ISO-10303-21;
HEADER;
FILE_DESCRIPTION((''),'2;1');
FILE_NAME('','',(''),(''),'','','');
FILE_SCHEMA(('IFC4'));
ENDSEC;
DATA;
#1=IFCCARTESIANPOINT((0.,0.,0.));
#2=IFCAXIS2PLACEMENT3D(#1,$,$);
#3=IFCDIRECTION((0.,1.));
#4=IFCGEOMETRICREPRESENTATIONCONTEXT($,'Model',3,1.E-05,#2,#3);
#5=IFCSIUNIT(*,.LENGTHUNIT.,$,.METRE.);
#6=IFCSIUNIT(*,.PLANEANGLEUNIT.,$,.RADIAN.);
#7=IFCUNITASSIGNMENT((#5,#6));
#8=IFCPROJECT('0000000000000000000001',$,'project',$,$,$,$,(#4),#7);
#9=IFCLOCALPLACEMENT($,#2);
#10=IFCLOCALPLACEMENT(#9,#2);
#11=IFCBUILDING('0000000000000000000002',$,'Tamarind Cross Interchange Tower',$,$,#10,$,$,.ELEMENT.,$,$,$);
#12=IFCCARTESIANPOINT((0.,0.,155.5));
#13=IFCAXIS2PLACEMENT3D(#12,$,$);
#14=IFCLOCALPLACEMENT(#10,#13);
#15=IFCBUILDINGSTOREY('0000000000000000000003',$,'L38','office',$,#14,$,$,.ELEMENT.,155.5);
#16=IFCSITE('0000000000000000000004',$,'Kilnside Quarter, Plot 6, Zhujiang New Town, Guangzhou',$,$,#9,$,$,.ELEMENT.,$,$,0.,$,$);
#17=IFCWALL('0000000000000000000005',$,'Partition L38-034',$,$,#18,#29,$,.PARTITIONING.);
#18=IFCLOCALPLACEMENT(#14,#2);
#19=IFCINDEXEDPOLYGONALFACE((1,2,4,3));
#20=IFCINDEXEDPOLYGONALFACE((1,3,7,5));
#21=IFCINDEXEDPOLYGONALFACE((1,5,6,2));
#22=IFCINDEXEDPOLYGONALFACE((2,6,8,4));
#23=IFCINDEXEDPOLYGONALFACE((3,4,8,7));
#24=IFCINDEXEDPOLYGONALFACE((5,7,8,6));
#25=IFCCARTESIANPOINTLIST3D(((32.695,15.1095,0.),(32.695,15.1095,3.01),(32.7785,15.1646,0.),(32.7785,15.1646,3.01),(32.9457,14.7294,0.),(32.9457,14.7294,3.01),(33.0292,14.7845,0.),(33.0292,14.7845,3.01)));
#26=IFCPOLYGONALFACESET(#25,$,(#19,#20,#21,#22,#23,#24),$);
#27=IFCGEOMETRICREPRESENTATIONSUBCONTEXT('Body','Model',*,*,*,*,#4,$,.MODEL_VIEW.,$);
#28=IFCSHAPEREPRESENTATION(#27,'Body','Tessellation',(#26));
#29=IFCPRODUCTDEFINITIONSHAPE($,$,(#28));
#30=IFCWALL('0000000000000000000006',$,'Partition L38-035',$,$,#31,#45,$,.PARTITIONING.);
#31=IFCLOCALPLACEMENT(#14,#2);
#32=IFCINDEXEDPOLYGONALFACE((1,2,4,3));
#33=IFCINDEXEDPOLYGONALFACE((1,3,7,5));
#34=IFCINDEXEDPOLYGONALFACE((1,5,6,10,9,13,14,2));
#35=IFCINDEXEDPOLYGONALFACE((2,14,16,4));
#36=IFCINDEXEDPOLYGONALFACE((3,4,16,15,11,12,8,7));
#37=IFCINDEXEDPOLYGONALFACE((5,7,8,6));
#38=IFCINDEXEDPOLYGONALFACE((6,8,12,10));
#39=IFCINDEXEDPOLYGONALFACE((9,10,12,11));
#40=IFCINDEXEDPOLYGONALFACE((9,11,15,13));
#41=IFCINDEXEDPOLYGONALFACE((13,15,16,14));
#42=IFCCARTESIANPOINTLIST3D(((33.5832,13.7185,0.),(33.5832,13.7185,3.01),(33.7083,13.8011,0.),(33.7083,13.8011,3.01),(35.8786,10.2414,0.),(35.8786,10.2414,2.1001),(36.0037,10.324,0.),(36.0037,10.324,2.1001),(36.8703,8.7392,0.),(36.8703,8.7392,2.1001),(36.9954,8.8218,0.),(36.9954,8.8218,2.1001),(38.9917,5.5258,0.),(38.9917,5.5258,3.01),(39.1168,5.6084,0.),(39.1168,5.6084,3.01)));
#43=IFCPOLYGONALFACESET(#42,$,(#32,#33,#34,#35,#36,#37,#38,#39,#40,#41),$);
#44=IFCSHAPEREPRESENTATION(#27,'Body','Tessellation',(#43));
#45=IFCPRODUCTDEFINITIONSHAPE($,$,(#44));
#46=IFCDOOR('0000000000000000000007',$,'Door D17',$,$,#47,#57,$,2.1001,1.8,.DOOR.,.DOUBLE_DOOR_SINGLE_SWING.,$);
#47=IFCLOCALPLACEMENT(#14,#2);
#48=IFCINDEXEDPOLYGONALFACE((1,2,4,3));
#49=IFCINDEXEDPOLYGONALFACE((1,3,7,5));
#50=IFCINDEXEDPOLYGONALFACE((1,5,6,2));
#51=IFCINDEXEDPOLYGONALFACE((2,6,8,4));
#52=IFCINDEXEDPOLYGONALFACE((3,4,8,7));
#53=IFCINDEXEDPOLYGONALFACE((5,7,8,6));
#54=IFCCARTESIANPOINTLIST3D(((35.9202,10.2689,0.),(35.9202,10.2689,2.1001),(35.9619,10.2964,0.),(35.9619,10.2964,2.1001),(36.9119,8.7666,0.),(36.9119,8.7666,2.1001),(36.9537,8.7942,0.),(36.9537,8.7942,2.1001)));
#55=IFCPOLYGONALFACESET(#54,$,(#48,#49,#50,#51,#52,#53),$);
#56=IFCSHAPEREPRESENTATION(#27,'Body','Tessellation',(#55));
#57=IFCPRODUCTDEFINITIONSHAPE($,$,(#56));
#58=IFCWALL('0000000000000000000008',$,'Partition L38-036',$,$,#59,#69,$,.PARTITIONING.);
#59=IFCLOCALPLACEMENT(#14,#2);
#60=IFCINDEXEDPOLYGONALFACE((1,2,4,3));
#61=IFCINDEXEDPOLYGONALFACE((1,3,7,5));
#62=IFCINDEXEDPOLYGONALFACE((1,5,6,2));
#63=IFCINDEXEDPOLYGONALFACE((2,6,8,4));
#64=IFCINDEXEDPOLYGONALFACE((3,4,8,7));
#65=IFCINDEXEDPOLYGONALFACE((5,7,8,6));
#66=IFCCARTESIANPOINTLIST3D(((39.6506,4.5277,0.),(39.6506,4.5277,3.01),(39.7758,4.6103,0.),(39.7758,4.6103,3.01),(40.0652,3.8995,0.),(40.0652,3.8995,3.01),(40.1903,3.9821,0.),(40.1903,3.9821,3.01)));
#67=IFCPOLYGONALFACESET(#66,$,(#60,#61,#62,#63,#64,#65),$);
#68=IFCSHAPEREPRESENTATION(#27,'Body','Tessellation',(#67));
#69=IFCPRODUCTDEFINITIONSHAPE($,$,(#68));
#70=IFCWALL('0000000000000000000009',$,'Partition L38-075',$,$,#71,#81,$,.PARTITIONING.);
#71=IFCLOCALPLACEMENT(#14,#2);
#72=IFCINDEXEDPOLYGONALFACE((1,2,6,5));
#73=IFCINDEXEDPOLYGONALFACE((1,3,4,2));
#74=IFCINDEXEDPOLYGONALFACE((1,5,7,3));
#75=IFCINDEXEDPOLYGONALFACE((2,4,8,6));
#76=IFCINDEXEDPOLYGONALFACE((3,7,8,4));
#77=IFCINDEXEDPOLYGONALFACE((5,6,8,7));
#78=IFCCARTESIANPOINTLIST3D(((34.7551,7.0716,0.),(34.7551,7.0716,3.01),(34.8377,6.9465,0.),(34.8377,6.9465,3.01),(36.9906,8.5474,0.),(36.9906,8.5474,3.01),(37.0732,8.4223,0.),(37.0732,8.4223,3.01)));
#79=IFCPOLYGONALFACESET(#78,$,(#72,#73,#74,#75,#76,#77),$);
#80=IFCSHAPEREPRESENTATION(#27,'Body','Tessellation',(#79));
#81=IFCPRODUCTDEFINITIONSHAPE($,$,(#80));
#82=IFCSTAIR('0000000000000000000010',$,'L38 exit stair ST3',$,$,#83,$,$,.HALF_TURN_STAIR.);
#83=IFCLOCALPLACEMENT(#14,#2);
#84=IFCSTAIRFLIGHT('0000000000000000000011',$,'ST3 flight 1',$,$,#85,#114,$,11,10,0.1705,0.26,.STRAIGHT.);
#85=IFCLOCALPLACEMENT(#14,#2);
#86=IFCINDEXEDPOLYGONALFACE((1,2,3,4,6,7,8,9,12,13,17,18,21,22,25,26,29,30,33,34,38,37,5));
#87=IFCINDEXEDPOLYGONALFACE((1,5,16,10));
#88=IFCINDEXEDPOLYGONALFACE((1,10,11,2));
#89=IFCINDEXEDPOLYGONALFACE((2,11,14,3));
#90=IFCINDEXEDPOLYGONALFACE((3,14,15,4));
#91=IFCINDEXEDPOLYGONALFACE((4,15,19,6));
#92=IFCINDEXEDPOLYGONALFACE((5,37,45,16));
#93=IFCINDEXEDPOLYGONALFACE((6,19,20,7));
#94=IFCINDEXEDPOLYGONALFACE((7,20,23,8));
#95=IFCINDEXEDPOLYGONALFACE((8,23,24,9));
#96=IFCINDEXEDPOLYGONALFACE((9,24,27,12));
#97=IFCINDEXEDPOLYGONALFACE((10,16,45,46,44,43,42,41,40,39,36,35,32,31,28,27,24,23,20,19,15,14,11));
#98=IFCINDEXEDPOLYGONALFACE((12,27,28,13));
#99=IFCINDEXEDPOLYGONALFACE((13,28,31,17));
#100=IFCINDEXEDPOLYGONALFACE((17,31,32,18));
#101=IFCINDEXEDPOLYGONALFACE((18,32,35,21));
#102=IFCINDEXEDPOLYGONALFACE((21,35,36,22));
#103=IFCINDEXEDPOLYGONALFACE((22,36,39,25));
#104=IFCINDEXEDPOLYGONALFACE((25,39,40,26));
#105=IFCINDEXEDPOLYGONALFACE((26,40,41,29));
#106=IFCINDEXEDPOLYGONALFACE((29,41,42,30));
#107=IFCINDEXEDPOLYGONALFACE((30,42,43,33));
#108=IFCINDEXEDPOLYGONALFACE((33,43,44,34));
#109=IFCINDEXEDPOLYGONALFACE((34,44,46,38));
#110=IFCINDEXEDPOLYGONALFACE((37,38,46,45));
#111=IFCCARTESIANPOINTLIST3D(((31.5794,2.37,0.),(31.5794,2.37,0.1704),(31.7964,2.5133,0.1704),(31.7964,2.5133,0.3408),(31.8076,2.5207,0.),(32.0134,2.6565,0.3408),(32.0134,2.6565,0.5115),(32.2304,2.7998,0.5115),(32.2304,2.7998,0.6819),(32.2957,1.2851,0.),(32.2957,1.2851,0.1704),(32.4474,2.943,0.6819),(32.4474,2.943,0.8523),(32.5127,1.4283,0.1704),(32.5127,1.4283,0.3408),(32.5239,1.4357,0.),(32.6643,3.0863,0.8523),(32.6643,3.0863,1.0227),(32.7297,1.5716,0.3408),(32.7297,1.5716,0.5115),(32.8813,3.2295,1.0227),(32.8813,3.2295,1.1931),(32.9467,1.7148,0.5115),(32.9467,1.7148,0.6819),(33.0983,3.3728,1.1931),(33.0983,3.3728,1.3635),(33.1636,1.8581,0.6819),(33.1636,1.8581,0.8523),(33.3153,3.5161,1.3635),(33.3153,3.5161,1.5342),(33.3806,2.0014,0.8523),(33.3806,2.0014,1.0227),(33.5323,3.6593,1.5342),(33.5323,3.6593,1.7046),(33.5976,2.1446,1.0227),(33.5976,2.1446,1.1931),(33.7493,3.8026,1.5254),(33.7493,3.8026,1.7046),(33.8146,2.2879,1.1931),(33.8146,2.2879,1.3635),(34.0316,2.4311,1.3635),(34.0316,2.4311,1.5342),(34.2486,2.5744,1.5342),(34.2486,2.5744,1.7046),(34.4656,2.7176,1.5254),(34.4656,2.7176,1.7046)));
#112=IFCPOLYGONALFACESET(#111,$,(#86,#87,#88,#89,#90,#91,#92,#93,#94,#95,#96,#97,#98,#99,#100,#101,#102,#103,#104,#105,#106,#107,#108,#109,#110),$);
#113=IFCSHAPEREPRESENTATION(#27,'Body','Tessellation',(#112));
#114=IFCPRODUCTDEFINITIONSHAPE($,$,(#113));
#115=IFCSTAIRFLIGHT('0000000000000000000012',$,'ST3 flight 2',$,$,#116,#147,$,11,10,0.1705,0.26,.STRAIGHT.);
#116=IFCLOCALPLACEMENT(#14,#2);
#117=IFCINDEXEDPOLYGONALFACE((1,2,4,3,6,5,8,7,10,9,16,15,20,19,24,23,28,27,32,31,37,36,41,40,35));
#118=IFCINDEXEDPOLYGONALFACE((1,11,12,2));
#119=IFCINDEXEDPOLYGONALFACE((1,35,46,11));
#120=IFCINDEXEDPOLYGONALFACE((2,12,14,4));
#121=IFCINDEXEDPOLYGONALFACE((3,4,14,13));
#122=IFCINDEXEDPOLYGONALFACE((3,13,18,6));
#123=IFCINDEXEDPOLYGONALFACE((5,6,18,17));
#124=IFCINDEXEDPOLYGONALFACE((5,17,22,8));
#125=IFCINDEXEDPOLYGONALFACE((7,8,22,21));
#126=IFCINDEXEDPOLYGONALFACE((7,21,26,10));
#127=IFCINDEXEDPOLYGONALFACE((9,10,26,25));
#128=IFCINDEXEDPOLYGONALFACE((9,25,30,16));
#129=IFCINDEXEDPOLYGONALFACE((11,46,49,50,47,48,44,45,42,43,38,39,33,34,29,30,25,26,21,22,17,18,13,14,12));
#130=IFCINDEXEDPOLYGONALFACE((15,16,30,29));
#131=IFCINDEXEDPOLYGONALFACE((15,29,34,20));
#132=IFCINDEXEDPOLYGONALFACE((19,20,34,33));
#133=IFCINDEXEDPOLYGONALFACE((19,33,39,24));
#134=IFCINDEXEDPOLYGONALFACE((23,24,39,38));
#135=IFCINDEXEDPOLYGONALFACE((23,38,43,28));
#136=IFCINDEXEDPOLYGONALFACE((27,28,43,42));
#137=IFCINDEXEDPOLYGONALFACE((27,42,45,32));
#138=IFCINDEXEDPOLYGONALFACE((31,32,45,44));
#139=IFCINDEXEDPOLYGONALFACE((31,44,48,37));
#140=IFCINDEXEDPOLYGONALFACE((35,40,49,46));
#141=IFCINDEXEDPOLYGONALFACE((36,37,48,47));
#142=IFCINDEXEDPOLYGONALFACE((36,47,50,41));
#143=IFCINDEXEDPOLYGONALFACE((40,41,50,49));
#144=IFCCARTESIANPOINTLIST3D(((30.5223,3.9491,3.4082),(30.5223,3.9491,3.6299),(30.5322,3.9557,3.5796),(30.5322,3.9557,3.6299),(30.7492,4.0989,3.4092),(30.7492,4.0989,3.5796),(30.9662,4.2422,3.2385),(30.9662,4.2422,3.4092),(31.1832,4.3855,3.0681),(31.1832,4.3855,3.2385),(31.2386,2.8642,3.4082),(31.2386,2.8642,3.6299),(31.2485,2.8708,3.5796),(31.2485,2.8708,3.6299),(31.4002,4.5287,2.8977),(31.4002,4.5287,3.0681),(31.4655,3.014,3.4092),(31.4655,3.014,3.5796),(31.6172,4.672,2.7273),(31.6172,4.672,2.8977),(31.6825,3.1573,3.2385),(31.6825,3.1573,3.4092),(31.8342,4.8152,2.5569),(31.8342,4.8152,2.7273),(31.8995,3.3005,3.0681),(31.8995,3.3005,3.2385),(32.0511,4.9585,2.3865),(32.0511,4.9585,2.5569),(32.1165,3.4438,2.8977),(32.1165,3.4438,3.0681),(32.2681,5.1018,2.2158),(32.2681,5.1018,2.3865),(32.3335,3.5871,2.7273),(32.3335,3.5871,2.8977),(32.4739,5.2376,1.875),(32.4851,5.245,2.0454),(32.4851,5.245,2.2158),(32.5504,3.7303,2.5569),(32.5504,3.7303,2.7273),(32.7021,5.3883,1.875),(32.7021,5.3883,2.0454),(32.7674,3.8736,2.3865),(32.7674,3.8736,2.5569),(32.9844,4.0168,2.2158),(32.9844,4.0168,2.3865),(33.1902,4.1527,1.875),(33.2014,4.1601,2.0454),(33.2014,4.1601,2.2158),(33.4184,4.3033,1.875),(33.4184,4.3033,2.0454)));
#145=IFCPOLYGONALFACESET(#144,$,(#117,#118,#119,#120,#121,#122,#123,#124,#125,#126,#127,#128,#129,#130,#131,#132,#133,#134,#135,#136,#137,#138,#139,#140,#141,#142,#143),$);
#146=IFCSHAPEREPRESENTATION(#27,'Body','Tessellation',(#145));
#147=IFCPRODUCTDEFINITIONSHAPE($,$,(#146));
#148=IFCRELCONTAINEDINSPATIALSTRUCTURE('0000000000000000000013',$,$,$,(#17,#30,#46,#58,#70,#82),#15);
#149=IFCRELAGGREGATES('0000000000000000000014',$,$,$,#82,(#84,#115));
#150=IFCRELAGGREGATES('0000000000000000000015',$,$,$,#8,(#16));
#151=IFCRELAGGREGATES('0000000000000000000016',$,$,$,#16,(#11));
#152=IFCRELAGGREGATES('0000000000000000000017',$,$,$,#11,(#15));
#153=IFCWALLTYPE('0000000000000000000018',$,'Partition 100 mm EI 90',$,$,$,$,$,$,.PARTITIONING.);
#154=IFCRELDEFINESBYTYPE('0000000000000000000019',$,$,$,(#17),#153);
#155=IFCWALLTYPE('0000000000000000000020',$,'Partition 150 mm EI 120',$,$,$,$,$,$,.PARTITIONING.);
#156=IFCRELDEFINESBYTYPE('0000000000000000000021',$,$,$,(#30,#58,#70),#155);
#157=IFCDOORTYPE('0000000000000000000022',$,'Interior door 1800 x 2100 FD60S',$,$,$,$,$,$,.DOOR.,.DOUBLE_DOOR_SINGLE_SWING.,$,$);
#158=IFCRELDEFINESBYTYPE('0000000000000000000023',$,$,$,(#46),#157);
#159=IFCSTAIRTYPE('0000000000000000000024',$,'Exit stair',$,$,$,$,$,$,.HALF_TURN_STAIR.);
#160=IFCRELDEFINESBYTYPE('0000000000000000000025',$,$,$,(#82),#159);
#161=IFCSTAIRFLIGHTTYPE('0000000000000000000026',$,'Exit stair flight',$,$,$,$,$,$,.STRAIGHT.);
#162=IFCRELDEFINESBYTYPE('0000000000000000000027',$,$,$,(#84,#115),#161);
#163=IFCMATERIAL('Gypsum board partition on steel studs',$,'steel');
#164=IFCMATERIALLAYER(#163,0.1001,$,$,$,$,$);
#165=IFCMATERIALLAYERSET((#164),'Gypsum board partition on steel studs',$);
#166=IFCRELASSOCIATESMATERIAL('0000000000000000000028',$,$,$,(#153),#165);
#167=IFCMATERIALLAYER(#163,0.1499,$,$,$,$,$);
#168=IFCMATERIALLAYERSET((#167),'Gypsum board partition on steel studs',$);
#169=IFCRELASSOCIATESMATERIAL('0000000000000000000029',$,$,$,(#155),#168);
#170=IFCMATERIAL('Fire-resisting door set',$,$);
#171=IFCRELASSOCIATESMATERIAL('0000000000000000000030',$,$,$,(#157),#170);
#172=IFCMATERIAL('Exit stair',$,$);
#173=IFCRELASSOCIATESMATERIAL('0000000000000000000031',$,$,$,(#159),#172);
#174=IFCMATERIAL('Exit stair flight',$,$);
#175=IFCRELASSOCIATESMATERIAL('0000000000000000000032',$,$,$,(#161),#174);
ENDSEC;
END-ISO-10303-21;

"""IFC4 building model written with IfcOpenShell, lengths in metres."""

from ifc_helpers import new_model, si_unit, direction, frame, frame_2d, origin, place, context, subcontext, project, spatial, polyline, rectangle, outline, extrude, material, layer, layer_set, type_object, element, fill, aggregate, save


model = new_model("IFC4")

# Units and contexts
model_context = context("Model", 3, precision=1e-05, world=origin(), true_north=direction((0.0, 1.0)))
body_context = subcontext(model_context, "Body", "Model", "MODEL_VIEW")
ifc_project = project(units=[si_unit("LENGTHUNIT", "METRE"), si_unit("PLANEANGLEUNIT", "RADIAN")], contexts=[model_context])

# Site, building, storey
site_placement = place(None, origin())
site = spatial("IfcSite", under=ifc_project, at=site_placement, Name="Kilnside Quarter, Plot 6, Zhujiang New Town, Guangzhou", CompositionType="ELEMENT", RefElevation=0.0)
building_placement = place(site_placement, origin())
building = spatial("IfcBuilding", under=site, at=building_placement, Name="Tamarind Cross Interchange Tower", CompositionType="ELEMENT")
storey_placement = place(building_placement, frame((0.0, 0.0, 155.5)))
storey = spatial("IfcBuildingStorey", under=building, at=storey_placement, Name="L38", Description="office", CompositionType="ELEMENT", Elevation=155.5)

# Wall
ifc_material_1 = material(Name="Gypsum board partition on steel studs", Category="steel")
ifc_layer_1 = layer(ifc_material_1, 0.1001)
ifc_layer_set_1 = layer_set([ifc_layer_1], Name="Gypsum board partition on steel studs")
wall_type_1 = type_object("IfcWallType", Name="Partition 100 mm EI 90", PredefinedType="PARTITIONING", material=ifc_layer_set_1)
wall_1_placement = place(storey_placement, frame((32.7368, 15.137, 0.0), z_axis=(0.0, 0.0, 1.0), x_axis=(0.550611, -0.834762, 0.0)))
element("IfcWall", 1, at=wall_1_placement, inside=storey, type_object=wall_type_1, Name="Partition L38-034", PredefinedType="PARTITIONING", context=body_context, shape_type="SweptSolid", body=[
    extrude(rectangle(XDim=0.4553, YDim=0.1001, at=frame_2d((0.2275, 0.0))), origin(), (0.0, 0.0, 1.0), 3.01),
])

# Wall, opening, door
ifc_layer_2 = layer(ifc_material_1, 0.1499)
ifc_layer_set_2 = layer_set([ifc_layer_2], Name="Gypsum board partition on steel studs")
wall_type_2 = type_object("IfcWallType", Name="Partition 150 mm EI 120", PredefinedType="PARTITIONING", material=ifc_layer_set_2)
wall_2_placement = place(storey_placement, frame((33.6458, 13.7598, 0.0), z_axis=(0.0, 0.0, 1.0), x_axis=(0.550935, -0.834548, 0.0)))
wall_2 = element("IfcWall", 2, at=wall_2_placement, inside=storey, type_object=wall_type_2, Name="Partition L38-035", PredefinedType="PARTITIONING", context=body_context, shape_type="SweptSolid", body=[
    extrude(rectangle(XDim=9.8169, YDim=0.1499, at=frame_2d((4.9084, 0.0))), origin(), (0.0, 0.0, 1.0), 3.01),
])
opening_placement = place(wall_2_placement, frame((4.1665, 0.0, 0.0)))
opening = element("IfcOpeningElement", 3, at=opening_placement, cuts=wall_2, PredefinedType="OPENING", context=body_context, shape_type="SweptSolid", body=[
    extrude(rectangle(XDim=1.8, YDim=2.1001, at=frame_2d((0.8999, 1.05))), frame((0.0, 0.085, 0.0), z_axis=(0.0, -1.0, 0.0), x_axis=(1.0, 0.0, 0.0)), (0.0, 0.0, 1.0), 0.1699),
])
ifc_material_2 = material(Name="Fire-resisting door set")
door_type = type_object("IfcDoorType", Name="Interior door 1800 x 2100 FD60S", OperationType="DOUBLE_DOOR_SINGLE_SWING", PredefinedType="DOOR", material=ifc_material_2)
door_placement = place(opening_placement, origin())
door = element("IfcDoor", 4, at=door_placement, inside=storey, type_object=door_type, Name="Door D17", OperationType="DOUBLE_DOOR_SINGLE_SWING", OverallHeight=2.1001, OverallWidth=1.8, PredefinedType="DOOR", context=body_context, shape_type="SweptSolid", body=[
    extrude(rectangle(XDim=1.8, YDim=2.1001, at=frame_2d((0.8999, 1.05))), frame((0.0, 0.0249, 0.0), z_axis=(0.0, -1.0, 0.0), x_axis=(1.0, 0.0, 0.0)), (0.0, 0.0, 1.0), 0.05),
])
fill(opening, door)

# Walls
wall_3_placement = place(storey_placement, frame((39.7131, 4.5691, 0.0), z_axis=(0.0, 0.0, 1.0), x_axis=(0.550802, -0.834636, 0.0)))
element("IfcWall", 5, at=wall_3_placement, inside=storey, type_object=wall_type_2, Name="Partition L38-036", PredefinedType="PARTITIONING", context=body_context, shape_type="SweptSolid", body=[
    extrude(rectangle(XDim=0.7527, YDim=0.1499, at=frame_2d((0.3765, 0.0))), origin(), (0.0, 0.0, 1.0), 3.01),
])
wall_4_placement = place(storey_placement, frame((34.7964, 7.009, 0.0), z_axis=(0.0, 0.0, 1.0), x_axis=(0.834552, 0.55093, 0.0)))
element("IfcWall", 6, at=wall_4_placement, inside=storey, type_object=wall_type_2, Name="Partition L38-075", PredefinedType="PARTITIONING", context=body_context, shape_type="SweptSolid", body=[
    extrude(rectangle(XDim=2.6787, YDim=0.1499, at=frame_2d((1.3394, 0.0))), origin(), (0.0, 0.0, 1.0), 3.01),
])

# Stair, stair flights
ifc_material_3 = material(Name="Exit stair")
stair_type = type_object("IfcStairType", Name="Exit stair", PredefinedType="HALF_TURN_STAIR", material=ifc_material_3)
stair_placement = place(storey_placement, origin())
stair = element("IfcStair", 7, at=stair_placement, inside=storey, type_object=stair_type, Name="L38 exit stair ST3", PredefinedType="HALF_TURN_STAIR")
ifc_material_4 = material(Name="Exit stair flight")
stair_flight_type = type_object("IfcStairFlightType", Name="Exit stair flight", PredefinedType="STRAIGHT", material=ifc_material_4)
stair_flight_1_placement = place(storey_placement, frame((31.9375, 1.8276, 0.0), z_axis=(0.0, 0.0, 1.0), x_axis=(0.834525, 0.55097, 0.0)))
stair_flight_1 = element("IfcStairFlight", 8, at=stair_flight_1_placement, type_object=stair_flight_type, Name="ST3 flight 1", NumberOfRisers=11, NumberOfTreads=10, PredefinedType="STRAIGHT", RiserHeight=0.1705, TreadLength=0.26, context=body_context, shape_type="SweptSolid", body=[
    extrude(outline(polyline([(0.0, 0.0), (0.0, 0.1704), (0.26, 0.1704), (0.26, 0.3408), (0.52, 0.3408), (0.52, 0.5115), (0.78, 0.5115), (0.78, 0.6819), (1.04, 0.6819), (1.04, 0.8523), (1.3, 0.8523), (1.3, 1.0227), (1.5601, 1.0227), (1.5601, 1.1931), (1.8201, 1.1931), (1.8201, 1.3635), (2.0801, 1.3635), (2.0801, 1.5342), (2.3401, 1.5342), (2.3401, 1.7046), (2.6001, 1.7046), (2.6001, 1.875), (2.6001, 1.5254), (0.2734, 0.0), (0.0, 0.0)])), frame((0.0, 0.6499, 0.0), z_axis=(0.0, -1.0, 0.0), x_axis=(1.0, 0.0, 0.0)), (0.0, 0.0, 1.0), 1.3),
])
stair_flight_2_placement = place(storey_placement, frame((33.0603, 4.8457, 1.875), z_axis=(0.0, 0.0, 1.0), x_axis=(-0.834525, -0.55097, 0.0)))
stair_flight_2 = element("IfcStairFlight", 9, at=stair_flight_2_placement, type_object=stair_flight_type, Name="ST3 flight 2", NumberOfRisers=11, NumberOfTreads=10, PredefinedType="STRAIGHT", RiserHeight=0.1705, TreadLength=0.26, context=body_context, shape_type="SweptSolid", body=[
    extrude(outline(polyline([(0.0, 0.0), (0.0, 0.1704), (0.26, 0.1704), (0.26, 0.3408), (0.52, 0.3408), (0.52, 0.5115), (0.78, 0.5115), (0.78, 0.6819), (1.04, 0.6819), (1.04, 0.8523), (1.3, 0.8523), (1.3, 1.0227), (1.5601, 1.0227), (1.5601, 1.1931), (1.8201, 1.1931), (1.8201, 1.3635), (2.0801, 1.3635), (2.0801, 1.5342), (2.3401, 1.5342), (2.3401, 1.7046), (2.6001, 1.7046), (2.6001, 1.7549), (2.6121, 1.7549), (2.6121, 1.5332), (0.2734, 0.0), (0.0, 0.0)])), frame((0.0, 0.6499, 0.0), z_axis=(0.0, -1.0, 0.0), x_axis=(1.0, 0.0, 0.0)), (0.0, 0.0, 1.0), 1.3),
])
aggregate(stair, [stair_flight_1, stair_flight_2])

save(model, "model.ifc")
